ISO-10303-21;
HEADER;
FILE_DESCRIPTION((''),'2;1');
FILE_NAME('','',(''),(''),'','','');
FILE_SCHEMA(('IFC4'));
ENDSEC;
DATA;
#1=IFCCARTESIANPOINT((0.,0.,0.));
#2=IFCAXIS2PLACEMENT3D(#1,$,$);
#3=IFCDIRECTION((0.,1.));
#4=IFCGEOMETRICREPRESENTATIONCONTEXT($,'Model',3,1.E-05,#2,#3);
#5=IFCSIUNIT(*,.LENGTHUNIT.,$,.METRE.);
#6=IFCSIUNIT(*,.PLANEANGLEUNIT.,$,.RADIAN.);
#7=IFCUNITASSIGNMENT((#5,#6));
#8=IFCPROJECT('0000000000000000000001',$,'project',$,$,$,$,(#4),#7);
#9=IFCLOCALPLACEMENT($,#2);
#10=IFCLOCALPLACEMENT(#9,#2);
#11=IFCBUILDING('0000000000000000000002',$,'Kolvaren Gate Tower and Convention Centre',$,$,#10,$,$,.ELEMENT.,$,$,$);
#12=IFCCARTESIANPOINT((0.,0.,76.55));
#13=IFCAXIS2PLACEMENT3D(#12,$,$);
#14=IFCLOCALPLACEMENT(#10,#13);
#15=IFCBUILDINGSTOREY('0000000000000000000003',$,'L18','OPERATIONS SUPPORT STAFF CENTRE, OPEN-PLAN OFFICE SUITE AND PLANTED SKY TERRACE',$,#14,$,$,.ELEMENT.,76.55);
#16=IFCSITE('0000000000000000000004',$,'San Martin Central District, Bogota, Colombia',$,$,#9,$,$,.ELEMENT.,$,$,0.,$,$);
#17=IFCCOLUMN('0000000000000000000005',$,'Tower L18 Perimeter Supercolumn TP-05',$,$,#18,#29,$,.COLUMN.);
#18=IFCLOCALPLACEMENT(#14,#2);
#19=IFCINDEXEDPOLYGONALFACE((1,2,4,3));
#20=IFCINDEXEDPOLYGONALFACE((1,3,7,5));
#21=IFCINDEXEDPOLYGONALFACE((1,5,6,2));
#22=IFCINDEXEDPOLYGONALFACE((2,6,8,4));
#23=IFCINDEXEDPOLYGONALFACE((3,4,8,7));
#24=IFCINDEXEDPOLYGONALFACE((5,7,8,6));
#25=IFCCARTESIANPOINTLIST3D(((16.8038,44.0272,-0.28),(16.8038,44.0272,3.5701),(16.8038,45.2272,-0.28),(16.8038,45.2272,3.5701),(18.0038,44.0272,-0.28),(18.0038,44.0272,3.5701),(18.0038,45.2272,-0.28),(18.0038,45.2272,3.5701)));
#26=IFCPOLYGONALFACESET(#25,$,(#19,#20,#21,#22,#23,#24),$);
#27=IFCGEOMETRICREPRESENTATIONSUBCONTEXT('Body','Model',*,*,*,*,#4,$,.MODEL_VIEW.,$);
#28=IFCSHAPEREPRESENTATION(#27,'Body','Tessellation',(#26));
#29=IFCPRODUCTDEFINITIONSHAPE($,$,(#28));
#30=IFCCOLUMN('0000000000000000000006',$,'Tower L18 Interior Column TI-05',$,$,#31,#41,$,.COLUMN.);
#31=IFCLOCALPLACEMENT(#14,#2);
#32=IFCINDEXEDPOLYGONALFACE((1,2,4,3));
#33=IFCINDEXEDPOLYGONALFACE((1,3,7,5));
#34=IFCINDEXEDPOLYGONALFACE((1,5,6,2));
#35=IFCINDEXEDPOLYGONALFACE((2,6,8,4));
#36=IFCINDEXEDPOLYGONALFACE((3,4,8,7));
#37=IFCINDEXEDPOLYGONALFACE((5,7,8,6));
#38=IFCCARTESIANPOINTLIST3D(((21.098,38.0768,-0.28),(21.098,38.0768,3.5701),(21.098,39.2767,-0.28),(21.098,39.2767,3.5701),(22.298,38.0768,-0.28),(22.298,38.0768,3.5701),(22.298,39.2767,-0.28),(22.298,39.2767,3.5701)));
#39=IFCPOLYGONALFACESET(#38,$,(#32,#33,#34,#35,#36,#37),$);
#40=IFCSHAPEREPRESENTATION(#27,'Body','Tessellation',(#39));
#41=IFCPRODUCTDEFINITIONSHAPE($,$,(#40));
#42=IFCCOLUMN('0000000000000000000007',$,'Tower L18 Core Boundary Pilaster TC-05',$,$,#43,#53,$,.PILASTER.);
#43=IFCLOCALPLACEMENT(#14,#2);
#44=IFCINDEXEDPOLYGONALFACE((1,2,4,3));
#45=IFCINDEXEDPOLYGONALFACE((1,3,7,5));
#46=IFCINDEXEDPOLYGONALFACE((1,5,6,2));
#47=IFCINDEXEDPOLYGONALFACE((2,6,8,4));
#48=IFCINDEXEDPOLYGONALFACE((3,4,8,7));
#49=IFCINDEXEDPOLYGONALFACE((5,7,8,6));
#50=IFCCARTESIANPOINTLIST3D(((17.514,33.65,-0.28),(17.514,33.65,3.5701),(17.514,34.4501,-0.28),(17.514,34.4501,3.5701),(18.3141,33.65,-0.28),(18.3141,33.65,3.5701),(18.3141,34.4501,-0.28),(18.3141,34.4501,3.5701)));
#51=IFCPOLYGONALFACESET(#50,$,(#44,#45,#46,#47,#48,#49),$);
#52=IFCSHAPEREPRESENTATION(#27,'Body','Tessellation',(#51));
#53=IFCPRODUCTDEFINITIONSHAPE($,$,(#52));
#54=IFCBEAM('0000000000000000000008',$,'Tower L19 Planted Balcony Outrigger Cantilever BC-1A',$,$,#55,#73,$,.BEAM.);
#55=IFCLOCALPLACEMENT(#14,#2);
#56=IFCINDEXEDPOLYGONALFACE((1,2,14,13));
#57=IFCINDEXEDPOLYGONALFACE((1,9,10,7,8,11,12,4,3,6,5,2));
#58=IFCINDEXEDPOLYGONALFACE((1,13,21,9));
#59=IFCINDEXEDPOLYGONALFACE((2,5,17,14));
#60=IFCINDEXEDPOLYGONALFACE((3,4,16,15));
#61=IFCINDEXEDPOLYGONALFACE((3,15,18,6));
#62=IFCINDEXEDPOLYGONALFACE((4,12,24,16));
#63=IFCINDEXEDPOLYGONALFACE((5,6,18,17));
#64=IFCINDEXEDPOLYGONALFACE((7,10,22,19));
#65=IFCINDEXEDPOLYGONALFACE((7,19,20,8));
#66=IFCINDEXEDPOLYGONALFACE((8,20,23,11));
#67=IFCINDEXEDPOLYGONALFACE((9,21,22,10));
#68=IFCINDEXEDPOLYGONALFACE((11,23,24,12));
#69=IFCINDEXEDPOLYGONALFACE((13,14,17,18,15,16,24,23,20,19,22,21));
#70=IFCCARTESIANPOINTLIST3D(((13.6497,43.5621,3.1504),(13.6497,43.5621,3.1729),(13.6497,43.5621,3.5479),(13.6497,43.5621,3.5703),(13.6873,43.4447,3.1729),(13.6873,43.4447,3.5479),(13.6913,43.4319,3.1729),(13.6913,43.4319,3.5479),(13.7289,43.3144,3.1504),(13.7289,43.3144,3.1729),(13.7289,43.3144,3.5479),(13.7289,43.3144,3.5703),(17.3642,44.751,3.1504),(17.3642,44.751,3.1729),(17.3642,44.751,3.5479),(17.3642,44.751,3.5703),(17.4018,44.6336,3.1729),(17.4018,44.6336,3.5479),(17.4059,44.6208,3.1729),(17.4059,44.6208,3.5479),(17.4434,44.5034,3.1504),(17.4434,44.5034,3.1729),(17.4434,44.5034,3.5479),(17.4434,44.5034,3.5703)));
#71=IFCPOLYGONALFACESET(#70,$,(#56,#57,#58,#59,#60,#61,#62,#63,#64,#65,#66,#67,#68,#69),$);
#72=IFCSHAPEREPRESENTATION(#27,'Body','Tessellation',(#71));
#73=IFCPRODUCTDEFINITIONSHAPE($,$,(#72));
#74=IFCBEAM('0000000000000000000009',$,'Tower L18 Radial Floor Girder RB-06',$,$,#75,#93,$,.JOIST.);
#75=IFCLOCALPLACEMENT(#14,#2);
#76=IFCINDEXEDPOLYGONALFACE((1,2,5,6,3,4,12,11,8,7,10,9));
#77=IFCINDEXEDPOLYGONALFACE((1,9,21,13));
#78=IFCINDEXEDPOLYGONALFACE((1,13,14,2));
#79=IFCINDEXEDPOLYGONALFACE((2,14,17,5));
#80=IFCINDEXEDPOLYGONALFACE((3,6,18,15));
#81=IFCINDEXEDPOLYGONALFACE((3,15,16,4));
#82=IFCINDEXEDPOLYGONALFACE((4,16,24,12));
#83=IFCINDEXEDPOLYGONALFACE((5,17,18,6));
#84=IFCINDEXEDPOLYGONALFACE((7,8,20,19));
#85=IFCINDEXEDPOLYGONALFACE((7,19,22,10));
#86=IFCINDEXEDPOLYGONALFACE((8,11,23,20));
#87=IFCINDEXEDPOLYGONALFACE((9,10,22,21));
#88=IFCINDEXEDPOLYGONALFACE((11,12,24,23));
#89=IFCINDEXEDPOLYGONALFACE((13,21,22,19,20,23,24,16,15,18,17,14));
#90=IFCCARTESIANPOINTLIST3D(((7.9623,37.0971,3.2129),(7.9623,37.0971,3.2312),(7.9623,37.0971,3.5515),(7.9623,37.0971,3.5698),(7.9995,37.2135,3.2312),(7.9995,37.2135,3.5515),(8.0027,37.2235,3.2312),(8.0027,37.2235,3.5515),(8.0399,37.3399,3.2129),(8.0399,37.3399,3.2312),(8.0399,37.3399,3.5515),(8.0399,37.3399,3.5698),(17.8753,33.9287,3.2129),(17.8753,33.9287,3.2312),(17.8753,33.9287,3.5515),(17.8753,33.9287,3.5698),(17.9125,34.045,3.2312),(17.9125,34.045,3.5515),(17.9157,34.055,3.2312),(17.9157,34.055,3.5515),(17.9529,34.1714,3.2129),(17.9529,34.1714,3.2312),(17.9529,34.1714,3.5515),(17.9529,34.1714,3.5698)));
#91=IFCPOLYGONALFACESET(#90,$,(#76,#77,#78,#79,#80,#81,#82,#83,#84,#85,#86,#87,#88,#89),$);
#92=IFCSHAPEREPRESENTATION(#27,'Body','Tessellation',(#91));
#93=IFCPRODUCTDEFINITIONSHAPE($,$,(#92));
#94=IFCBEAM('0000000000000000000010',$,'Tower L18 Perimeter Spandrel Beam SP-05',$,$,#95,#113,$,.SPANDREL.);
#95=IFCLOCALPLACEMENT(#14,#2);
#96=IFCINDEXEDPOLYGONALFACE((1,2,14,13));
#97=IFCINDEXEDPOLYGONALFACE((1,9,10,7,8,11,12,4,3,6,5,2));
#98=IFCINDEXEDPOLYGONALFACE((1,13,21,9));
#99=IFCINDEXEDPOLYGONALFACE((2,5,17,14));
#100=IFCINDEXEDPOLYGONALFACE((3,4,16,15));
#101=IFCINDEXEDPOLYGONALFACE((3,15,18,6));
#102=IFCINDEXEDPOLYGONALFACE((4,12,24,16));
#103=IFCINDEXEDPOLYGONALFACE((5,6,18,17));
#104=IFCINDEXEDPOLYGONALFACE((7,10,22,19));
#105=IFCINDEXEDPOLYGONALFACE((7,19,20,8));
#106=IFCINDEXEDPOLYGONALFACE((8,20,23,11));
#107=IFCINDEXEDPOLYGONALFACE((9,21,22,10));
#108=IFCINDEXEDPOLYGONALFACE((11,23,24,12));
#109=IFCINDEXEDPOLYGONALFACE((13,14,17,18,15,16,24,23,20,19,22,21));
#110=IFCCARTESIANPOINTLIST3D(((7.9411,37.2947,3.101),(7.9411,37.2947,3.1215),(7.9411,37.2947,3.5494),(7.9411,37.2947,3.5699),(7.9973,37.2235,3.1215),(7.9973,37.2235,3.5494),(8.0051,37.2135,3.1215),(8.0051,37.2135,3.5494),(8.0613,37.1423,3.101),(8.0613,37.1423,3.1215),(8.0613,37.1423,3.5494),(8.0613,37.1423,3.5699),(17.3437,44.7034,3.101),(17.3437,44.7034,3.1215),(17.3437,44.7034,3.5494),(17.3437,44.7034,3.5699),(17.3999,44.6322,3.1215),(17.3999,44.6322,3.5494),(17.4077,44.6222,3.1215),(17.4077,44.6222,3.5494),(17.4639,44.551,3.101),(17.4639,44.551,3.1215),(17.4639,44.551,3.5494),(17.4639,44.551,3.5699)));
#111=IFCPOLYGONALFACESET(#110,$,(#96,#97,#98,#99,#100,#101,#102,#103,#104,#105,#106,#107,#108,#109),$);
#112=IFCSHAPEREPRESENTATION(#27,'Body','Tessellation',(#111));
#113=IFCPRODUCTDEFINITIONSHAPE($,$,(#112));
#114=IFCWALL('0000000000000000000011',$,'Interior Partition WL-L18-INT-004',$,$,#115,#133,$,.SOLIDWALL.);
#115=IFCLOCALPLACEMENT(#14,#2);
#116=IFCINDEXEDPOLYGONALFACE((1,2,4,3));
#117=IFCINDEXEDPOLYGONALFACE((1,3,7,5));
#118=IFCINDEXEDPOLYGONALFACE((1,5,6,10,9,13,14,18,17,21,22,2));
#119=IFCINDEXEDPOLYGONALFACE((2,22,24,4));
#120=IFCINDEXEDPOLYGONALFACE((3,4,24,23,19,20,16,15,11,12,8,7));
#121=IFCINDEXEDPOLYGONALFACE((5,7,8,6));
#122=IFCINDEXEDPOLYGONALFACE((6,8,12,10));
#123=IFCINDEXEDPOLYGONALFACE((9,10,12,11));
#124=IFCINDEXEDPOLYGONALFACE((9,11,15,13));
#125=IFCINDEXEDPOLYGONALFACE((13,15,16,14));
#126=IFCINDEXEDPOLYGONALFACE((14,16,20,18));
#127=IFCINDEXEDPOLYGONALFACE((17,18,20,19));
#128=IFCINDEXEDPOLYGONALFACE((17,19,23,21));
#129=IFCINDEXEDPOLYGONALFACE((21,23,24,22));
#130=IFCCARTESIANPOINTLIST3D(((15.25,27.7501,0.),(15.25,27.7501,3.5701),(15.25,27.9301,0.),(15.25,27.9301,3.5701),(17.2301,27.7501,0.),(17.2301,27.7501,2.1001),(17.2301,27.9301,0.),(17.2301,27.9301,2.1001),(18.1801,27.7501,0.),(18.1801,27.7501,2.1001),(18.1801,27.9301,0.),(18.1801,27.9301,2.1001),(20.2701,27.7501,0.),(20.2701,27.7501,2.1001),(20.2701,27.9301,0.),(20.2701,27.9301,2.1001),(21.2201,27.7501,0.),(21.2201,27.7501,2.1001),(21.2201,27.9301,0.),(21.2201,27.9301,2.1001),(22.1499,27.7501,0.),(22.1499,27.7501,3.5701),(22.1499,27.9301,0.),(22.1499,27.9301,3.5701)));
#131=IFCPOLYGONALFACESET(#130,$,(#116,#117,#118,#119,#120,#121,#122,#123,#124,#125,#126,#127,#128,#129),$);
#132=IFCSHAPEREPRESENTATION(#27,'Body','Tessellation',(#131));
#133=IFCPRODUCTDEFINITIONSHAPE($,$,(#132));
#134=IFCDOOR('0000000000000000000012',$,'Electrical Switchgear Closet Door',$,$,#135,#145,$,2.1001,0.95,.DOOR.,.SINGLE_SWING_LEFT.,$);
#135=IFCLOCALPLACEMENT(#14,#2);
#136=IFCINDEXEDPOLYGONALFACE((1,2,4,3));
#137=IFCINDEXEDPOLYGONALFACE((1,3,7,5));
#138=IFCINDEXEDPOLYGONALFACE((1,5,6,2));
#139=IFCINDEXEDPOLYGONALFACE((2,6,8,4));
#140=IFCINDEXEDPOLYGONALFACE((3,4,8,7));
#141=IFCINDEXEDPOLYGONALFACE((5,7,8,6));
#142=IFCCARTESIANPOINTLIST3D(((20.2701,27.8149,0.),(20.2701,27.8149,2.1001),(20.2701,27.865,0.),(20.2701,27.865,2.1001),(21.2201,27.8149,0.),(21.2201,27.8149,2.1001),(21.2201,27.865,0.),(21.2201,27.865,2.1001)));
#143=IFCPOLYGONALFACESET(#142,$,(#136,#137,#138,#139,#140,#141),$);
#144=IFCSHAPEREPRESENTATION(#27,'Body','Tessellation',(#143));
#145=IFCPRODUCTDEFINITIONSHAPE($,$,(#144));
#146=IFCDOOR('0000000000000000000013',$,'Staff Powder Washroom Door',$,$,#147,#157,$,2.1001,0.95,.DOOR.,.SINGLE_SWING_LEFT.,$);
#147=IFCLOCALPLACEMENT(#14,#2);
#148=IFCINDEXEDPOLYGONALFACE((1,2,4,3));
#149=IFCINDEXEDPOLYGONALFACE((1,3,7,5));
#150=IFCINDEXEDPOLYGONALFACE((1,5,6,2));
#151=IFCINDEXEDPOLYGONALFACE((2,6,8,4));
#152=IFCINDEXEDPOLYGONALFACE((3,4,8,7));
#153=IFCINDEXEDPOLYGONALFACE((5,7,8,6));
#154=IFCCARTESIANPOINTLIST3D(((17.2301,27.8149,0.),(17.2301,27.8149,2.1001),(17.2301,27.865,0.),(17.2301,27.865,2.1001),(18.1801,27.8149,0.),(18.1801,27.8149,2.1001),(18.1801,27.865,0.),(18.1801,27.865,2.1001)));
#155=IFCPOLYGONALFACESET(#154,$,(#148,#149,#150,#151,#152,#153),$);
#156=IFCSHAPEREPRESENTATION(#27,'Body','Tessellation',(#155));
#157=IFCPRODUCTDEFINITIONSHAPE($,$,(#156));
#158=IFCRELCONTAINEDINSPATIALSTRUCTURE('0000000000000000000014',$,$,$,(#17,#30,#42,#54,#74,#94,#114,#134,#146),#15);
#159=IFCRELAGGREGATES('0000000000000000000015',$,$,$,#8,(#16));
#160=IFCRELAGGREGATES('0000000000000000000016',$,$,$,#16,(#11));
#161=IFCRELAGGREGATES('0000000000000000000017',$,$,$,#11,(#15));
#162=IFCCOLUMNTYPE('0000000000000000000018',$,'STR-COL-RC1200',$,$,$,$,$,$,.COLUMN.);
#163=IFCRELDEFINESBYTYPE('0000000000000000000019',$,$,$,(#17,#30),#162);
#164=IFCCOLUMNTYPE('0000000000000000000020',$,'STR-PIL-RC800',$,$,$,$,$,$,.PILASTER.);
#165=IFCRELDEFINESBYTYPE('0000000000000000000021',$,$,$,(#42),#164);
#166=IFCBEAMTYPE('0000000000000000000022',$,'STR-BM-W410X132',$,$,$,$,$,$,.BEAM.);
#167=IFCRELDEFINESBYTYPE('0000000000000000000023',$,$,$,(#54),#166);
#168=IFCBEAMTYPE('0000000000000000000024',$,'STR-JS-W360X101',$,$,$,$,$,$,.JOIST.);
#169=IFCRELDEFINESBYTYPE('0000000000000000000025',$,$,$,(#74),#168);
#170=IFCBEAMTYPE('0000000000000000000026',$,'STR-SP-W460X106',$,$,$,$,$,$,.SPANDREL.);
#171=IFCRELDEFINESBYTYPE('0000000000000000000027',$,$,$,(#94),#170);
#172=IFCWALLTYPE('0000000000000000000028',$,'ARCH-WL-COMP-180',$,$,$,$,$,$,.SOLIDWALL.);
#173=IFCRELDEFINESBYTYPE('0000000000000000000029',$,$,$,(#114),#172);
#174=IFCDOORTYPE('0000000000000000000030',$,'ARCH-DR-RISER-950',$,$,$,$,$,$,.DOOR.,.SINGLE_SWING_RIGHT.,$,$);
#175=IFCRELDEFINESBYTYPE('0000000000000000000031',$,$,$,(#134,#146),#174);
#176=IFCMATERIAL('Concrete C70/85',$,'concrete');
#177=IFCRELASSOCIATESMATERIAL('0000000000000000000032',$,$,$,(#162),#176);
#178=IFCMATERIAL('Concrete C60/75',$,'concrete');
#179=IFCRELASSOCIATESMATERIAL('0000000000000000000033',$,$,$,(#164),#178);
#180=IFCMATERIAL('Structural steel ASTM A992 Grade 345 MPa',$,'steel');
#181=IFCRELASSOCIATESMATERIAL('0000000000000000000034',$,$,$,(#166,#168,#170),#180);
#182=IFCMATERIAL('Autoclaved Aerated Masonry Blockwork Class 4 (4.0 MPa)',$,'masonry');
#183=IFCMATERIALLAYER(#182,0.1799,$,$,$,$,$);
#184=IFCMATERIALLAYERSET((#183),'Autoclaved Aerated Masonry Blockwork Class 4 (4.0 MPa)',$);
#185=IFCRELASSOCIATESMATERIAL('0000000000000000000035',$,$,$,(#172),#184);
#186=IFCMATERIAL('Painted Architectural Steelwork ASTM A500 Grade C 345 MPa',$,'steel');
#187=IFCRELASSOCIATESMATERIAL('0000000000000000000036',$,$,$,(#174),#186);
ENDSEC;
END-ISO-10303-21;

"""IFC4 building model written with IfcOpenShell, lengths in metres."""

from ifc_helpers import new_model, si_unit, direction, frame, frame_2d, origin, origin_2d, place, context, subcontext, project, spatial, rectangle, i_section, extrude, material, layer, layer_set, material_profile, profile_set, type_object, element, fill, save


model = new_model("IFC4")

# Units and contexts
model_context = context("Model", 3, precision=1e-05, world=origin(), true_north=direction((0.0, 1.0)))
body_context = subcontext(model_context, "Body", "Model", "MODEL_VIEW")
ifc_project = project(units=[si_unit("LENGTHUNIT", "METRE"), si_unit("PLANEANGLEUNIT", "RADIAN")], contexts=[model_context])

# Site, building, storey
site_placement = place(None, origin())
site = spatial("IfcSite", under=ifc_project, at=site_placement, Name="San Martin Central District, Bogota, Colombia", CompositionType="ELEMENT", RefElevation=0.0)
building_placement = place(site_placement, origin())
building = spatial("IfcBuilding", under=site, at=building_placement, Name="Kolvaren Gate Tower and Convention Centre", CompositionType="ELEMENT")
storey_placement = place(building_placement, frame((0.0, 0.0, 76.55)))
storey = spatial("IfcBuildingStorey", under=building, at=storey_placement, Name="L18", Description="OPERATIONS SUPPORT STAFF CENTRE, OPEN-PLAN OFFICE SUITE AND PLANTED SKY TERRACE", CompositionType="ELEMENT", Elevation=76.55)

# Columns
ifc_material_1 = material(Name="Concrete C70/85", Category="concrete")
ifc_material_profile_1 = material_profile(ifc_material_1, rectangle(XDim=1.2, YDim=1.2, at=origin_2d()), Name="RC-COL-1200X1200")
ifc_profile_set_1 = profile_set([ifc_material_profile_1], Name="Concrete C70/85")
column_type_1 = type_object("IfcColumnType", Name="STR-COL-RC1200", PredefinedType="COLUMN", material=ifc_profile_set_1)
for number, where, z_axis, x_axis, name in (
    (1, (17.4038, 44.6272, -0.28), (0.0, 0.0, 1.0), (1.0, 0.0, 0.0), "Tower L18 Perimeter Supercolumn TP-05"),
    (2, (21.698, 38.6768, -0.28), (0.0, 0.0, 1.0), (1.0, 0.0, 0.0), "Tower L18 Interior Column TI-05"),
):
    element("IfcColumn", number, at=place(storey_placement, frame(where, z_axis=z_axis, x_axis=x_axis)), inside=storey, type_object=column_type_1, Name=name, PredefinedType="COLUMN", context=body_context, shape_type="SweptSolid", body=[
        extrude(rectangle(XDim=1.2, YDim=1.2, at=origin_2d()), origin(), (0.0, 0.0, 1.0), 3.8501),
    ])
ifc_material_2 = material(Name="Concrete C60/75", Category="concrete")
ifc_material_profile_2 = material_profile(ifc_material_2, rectangle(XDim=0.8, YDim=0.8, at=origin_2d()), Name="RC-COL-800X800")
ifc_profile_set_2 = profile_set([ifc_material_profile_2], Name="Concrete C60/75")
column_type_2 = type_object("IfcColumnType", Name="STR-PIL-RC800", PredefinedType="PILASTER", material=ifc_profile_set_2)
column_placement = place(storey_placement, frame((17.9141, 34.05, -0.28), z_axis=(0.0, 0.0, 1.0), x_axis=(1.0, 0.0, 0.0)))
element("IfcColumn", 3, at=column_placement, inside=storey, type_object=column_type_2, Name="Tower L18 Core Boundary Pilaster TC-05", PredefinedType="PILASTER", context=body_context, shape_type="SweptSolid", body=[
    extrude(rectangle(XDim=0.8, YDim=0.8, at=origin_2d()), origin(), (0.0, 0.0, 1.0), 3.8501),
])

# Beams
ifc_material_3 = material(Name="Structural steel ASTM A992 Grade 345 MPa", Category="steel")
ifc_material_profile_3 = material_profile(ifc_material_3, i_section(OverallWidth=0.26, OverallDepth=0.4199, WebThickness=0.0134, FlangeThickness=0.0225, at=origin_2d()), Name="W410X132")
ifc_profile_set_3 = profile_set([ifc_material_profile_3], Name="Structural steel ASTM A992 Grade 345 MPa")
beam_type_1 = type_object("IfcBeamType", Name="STR-BM-W410X132", PredefinedType="BEAM", material=ifc_profile_set_3)
beam_1_placement = place(storey_placement, frame((17.4038, 44.6272, 3.3604), z_axis=(-0.952402, -0.304844, 0.0), x_axis=(0.304844, -0.952402, 0.0)))
element("IfcBeam", 4, at=beam_1_placement, inside=storey, type_object=beam_type_1, Name="Tower L19 Planted Balcony Outrigger Cantilever BC-1A", PredefinedType="BEAM", context=body_context, shape_type="SweptSolid", body=[
    extrude(i_section(OverallWidth=0.26, OverallDepth=0.4199, WebThickness=0.0134, FlangeThickness=0.0225, at=origin_2d()), origin(), (0.0, 0.0, 1.0), 3.9001),
])
ifc_material_profile_4 = material_profile(ifc_material_3, i_section(OverallWidth=0.2549, OverallDepth=0.3569, WebThickness=0.0105, FlangeThickness=0.0183, at=origin_2d()), Name="W360X101")
ifc_profile_set_4 = profile_set([ifc_material_profile_4], Name="Structural steel ASTM A992 Grade 345 MPa")
beam_type_2 = type_object("IfcBeamType", Name="STR-JS-W360X101", PredefinedType="JOIST", material=ifc_profile_set_4)
beam_2_placement = place(storey_placement, frame((17.9141, 34.05, 3.3914), z_axis=(-0.952526, 0.304457, 0.0), x_axis=(-0.304457, -0.952526, 0.0)))
element("IfcBeam", 5, at=beam_2_placement, inside=storey, type_object=beam_type_2, Name="Tower L18 Radial Floor Girder RB-06", PredefinedType="JOIST", context=body_context, shape_type="SweptSolid", body=[
    extrude(i_section(OverallWidth=0.2549, OverallDepth=0.3569, WebThickness=0.0105, FlangeThickness=0.0183, at=origin_2d()), origin(), (0.0, 0.0, 1.0), 10.407),
])
ifc_material_profile_5 = material_profile(ifc_material_3, i_section(OverallWidth=0.1941, OverallDepth=0.469, WebThickness=0.0127, FlangeThickness=0.0205, at=origin_2d()), Name="W460X106")
ifc_profile_set_5 = profile_set([ifc_material_profile_5], Name="Structural steel ASTM A992 Grade 345 MPa")
beam_type_3 = type_object("IfcBeamType", Name="STR-SP-W460X106", PredefinedType="SPANDREL", material=ifc_profile_set_5)
beam_3_placement = place(storey_placement, frame((17.4038, 44.6272, 3.3354), z_axis=(-0.785468, -0.618903, 0.0), x_axis=(0.618903, -0.785468, 0.0)))
element("IfcBeam", 6, at=beam_3_placement, inside=storey, type_object=beam_type_3, Name="Tower L18 Perimeter Spandrel Beam SP-05", PredefinedType="SPANDREL", context=body_context, shape_type="SweptSolid", body=[
    extrude(i_section(OverallWidth=0.1941, OverallDepth=0.469, WebThickness=0.0127, FlangeThickness=0.0205, at=origin_2d()), origin(), (0.0, 0.0, 1.0), 11.9707),
])

# Wall, openings, doors
ifc_material_4 = material(Name="Autoclaved Aerated Masonry Blockwork Class 4 (4.0 MPa)", Category="masonry")
ifc_layer_1 = layer(ifc_material_4, 0.1799)
ifc_layer_set_1 = layer_set([ifc_layer_1], Name="Autoclaved Aerated Masonry Blockwork Class 4 (4.0 MPa)")
wall_type_1 = type_object("IfcWallType", Name="ARCH-WL-COMP-180", PredefinedType="SOLIDWALL", material=ifc_layer_set_1)
wall_1_placement = place(storey_placement, frame((15.25, 27.8401, 0.0), z_axis=(0.0, 0.0, 1.0), x_axis=(1.0, 0.0, 0.0)))
wall_1 = element("IfcWall", 7, at=wall_1_placement, inside=storey, type_object=wall_type_1, Name="Interior Partition WL-L18-INT-004", PredefinedType="SOLIDWALL", context=body_context, shape_type="SweptSolid", body=[
    extrude(rectangle(XDim=6.8999, YDim=0.1799, at=frame_2d((3.45, 0.0))), origin(), (0.0, 0.0, 1.0), 3.5701),
])
opening_1_placement = place(wall_1_placement, frame((5.02, 0.0, 0.0)))
opening_1 = element("IfcOpeningElement", 8, at=opening_1_placement, cuts=wall_1, PredefinedType="OPENING", context=body_context, shape_type="SweptSolid", body=[
    extrude(rectangle(XDim=0.95, YDim=2.1001, at=frame_2d((0.4751, 1.05))), frame((0.0, 0.0999, 0.0), z_axis=(0.0, -1.0, 0.0), x_axis=(1.0, 0.0, 0.0)), (0.0, 0.0, 1.0), 0.2),
])
opening_2_placement = place(wall_1_placement, frame((1.98, 0.0, 0.0)))
opening_2 = element("IfcOpeningElement", 9, at=opening_2_placement, cuts=wall_1, PredefinedType="OPENING", context=body_context, shape_type="SweptSolid", body=[
    extrude(rectangle(XDim=0.95, YDim=2.1001, at=frame_2d((0.4751, 1.05))), frame((0.0, 0.0999, 0.0), z_axis=(0.0, -1.0, 0.0), x_axis=(1.0, 0.0, 0.0)), (0.0, 0.0, 1.0), 0.2),
])
ifc_material_5 = material(Name="Painted Architectural Steelwork ASTM A500 Grade C 345 MPa", Category="steel")
door_type = type_object("IfcDoorType", Name="ARCH-DR-RISER-950", OperationType="SINGLE_SWING_RIGHT", PredefinedType="DOOR", material=ifc_material_5)
door_1_placement = place(opening_1_placement, origin())
door_1 = element("IfcDoor", 10, at=door_1_placement, inside=storey, type_object=door_type, Name="Electrical Switchgear Closet Door", OperationType="SINGLE_SWING_LEFT", OverallHeight=2.1001, OverallWidth=0.95, PredefinedType="DOOR", context=body_context, shape_type="SweptSolid", body=[
    extrude(rectangle(XDim=0.95, YDim=2.1001, at=frame_2d((0.4751, 1.05))), frame((0.0, 0.0249, 0.0), z_axis=(0.0, -1.0, 0.0), x_axis=(1.0, 0.0, 0.0)), (0.0, 0.0, 1.0), 0.05),
])
fill(opening_1, door_1)
door_2_placement = place(opening_2_placement, origin())
door_2 = element("IfcDoor", 11, at=door_2_placement, inside=storey, type_object=door_type, Name="Staff Powder Washroom Door", OperationType="SINGLE_SWING_LEFT", OverallHeight=2.1001, OverallWidth=0.95, PredefinedType="DOOR", context=body_context, shape_type="SweptSolid", body=[
    extrude(rectangle(XDim=0.95, YDim=2.1001, at=frame_2d((0.4751, 1.05))), frame((0.0, 0.0249, 0.0), z_axis=(0.0, -1.0, 0.0), x_axis=(1.0, 0.0, 0.0)), (0.0, 0.0, 1.0), 0.05),
])
fill(opening_2, door_2)

save(model, "model.ifc")
